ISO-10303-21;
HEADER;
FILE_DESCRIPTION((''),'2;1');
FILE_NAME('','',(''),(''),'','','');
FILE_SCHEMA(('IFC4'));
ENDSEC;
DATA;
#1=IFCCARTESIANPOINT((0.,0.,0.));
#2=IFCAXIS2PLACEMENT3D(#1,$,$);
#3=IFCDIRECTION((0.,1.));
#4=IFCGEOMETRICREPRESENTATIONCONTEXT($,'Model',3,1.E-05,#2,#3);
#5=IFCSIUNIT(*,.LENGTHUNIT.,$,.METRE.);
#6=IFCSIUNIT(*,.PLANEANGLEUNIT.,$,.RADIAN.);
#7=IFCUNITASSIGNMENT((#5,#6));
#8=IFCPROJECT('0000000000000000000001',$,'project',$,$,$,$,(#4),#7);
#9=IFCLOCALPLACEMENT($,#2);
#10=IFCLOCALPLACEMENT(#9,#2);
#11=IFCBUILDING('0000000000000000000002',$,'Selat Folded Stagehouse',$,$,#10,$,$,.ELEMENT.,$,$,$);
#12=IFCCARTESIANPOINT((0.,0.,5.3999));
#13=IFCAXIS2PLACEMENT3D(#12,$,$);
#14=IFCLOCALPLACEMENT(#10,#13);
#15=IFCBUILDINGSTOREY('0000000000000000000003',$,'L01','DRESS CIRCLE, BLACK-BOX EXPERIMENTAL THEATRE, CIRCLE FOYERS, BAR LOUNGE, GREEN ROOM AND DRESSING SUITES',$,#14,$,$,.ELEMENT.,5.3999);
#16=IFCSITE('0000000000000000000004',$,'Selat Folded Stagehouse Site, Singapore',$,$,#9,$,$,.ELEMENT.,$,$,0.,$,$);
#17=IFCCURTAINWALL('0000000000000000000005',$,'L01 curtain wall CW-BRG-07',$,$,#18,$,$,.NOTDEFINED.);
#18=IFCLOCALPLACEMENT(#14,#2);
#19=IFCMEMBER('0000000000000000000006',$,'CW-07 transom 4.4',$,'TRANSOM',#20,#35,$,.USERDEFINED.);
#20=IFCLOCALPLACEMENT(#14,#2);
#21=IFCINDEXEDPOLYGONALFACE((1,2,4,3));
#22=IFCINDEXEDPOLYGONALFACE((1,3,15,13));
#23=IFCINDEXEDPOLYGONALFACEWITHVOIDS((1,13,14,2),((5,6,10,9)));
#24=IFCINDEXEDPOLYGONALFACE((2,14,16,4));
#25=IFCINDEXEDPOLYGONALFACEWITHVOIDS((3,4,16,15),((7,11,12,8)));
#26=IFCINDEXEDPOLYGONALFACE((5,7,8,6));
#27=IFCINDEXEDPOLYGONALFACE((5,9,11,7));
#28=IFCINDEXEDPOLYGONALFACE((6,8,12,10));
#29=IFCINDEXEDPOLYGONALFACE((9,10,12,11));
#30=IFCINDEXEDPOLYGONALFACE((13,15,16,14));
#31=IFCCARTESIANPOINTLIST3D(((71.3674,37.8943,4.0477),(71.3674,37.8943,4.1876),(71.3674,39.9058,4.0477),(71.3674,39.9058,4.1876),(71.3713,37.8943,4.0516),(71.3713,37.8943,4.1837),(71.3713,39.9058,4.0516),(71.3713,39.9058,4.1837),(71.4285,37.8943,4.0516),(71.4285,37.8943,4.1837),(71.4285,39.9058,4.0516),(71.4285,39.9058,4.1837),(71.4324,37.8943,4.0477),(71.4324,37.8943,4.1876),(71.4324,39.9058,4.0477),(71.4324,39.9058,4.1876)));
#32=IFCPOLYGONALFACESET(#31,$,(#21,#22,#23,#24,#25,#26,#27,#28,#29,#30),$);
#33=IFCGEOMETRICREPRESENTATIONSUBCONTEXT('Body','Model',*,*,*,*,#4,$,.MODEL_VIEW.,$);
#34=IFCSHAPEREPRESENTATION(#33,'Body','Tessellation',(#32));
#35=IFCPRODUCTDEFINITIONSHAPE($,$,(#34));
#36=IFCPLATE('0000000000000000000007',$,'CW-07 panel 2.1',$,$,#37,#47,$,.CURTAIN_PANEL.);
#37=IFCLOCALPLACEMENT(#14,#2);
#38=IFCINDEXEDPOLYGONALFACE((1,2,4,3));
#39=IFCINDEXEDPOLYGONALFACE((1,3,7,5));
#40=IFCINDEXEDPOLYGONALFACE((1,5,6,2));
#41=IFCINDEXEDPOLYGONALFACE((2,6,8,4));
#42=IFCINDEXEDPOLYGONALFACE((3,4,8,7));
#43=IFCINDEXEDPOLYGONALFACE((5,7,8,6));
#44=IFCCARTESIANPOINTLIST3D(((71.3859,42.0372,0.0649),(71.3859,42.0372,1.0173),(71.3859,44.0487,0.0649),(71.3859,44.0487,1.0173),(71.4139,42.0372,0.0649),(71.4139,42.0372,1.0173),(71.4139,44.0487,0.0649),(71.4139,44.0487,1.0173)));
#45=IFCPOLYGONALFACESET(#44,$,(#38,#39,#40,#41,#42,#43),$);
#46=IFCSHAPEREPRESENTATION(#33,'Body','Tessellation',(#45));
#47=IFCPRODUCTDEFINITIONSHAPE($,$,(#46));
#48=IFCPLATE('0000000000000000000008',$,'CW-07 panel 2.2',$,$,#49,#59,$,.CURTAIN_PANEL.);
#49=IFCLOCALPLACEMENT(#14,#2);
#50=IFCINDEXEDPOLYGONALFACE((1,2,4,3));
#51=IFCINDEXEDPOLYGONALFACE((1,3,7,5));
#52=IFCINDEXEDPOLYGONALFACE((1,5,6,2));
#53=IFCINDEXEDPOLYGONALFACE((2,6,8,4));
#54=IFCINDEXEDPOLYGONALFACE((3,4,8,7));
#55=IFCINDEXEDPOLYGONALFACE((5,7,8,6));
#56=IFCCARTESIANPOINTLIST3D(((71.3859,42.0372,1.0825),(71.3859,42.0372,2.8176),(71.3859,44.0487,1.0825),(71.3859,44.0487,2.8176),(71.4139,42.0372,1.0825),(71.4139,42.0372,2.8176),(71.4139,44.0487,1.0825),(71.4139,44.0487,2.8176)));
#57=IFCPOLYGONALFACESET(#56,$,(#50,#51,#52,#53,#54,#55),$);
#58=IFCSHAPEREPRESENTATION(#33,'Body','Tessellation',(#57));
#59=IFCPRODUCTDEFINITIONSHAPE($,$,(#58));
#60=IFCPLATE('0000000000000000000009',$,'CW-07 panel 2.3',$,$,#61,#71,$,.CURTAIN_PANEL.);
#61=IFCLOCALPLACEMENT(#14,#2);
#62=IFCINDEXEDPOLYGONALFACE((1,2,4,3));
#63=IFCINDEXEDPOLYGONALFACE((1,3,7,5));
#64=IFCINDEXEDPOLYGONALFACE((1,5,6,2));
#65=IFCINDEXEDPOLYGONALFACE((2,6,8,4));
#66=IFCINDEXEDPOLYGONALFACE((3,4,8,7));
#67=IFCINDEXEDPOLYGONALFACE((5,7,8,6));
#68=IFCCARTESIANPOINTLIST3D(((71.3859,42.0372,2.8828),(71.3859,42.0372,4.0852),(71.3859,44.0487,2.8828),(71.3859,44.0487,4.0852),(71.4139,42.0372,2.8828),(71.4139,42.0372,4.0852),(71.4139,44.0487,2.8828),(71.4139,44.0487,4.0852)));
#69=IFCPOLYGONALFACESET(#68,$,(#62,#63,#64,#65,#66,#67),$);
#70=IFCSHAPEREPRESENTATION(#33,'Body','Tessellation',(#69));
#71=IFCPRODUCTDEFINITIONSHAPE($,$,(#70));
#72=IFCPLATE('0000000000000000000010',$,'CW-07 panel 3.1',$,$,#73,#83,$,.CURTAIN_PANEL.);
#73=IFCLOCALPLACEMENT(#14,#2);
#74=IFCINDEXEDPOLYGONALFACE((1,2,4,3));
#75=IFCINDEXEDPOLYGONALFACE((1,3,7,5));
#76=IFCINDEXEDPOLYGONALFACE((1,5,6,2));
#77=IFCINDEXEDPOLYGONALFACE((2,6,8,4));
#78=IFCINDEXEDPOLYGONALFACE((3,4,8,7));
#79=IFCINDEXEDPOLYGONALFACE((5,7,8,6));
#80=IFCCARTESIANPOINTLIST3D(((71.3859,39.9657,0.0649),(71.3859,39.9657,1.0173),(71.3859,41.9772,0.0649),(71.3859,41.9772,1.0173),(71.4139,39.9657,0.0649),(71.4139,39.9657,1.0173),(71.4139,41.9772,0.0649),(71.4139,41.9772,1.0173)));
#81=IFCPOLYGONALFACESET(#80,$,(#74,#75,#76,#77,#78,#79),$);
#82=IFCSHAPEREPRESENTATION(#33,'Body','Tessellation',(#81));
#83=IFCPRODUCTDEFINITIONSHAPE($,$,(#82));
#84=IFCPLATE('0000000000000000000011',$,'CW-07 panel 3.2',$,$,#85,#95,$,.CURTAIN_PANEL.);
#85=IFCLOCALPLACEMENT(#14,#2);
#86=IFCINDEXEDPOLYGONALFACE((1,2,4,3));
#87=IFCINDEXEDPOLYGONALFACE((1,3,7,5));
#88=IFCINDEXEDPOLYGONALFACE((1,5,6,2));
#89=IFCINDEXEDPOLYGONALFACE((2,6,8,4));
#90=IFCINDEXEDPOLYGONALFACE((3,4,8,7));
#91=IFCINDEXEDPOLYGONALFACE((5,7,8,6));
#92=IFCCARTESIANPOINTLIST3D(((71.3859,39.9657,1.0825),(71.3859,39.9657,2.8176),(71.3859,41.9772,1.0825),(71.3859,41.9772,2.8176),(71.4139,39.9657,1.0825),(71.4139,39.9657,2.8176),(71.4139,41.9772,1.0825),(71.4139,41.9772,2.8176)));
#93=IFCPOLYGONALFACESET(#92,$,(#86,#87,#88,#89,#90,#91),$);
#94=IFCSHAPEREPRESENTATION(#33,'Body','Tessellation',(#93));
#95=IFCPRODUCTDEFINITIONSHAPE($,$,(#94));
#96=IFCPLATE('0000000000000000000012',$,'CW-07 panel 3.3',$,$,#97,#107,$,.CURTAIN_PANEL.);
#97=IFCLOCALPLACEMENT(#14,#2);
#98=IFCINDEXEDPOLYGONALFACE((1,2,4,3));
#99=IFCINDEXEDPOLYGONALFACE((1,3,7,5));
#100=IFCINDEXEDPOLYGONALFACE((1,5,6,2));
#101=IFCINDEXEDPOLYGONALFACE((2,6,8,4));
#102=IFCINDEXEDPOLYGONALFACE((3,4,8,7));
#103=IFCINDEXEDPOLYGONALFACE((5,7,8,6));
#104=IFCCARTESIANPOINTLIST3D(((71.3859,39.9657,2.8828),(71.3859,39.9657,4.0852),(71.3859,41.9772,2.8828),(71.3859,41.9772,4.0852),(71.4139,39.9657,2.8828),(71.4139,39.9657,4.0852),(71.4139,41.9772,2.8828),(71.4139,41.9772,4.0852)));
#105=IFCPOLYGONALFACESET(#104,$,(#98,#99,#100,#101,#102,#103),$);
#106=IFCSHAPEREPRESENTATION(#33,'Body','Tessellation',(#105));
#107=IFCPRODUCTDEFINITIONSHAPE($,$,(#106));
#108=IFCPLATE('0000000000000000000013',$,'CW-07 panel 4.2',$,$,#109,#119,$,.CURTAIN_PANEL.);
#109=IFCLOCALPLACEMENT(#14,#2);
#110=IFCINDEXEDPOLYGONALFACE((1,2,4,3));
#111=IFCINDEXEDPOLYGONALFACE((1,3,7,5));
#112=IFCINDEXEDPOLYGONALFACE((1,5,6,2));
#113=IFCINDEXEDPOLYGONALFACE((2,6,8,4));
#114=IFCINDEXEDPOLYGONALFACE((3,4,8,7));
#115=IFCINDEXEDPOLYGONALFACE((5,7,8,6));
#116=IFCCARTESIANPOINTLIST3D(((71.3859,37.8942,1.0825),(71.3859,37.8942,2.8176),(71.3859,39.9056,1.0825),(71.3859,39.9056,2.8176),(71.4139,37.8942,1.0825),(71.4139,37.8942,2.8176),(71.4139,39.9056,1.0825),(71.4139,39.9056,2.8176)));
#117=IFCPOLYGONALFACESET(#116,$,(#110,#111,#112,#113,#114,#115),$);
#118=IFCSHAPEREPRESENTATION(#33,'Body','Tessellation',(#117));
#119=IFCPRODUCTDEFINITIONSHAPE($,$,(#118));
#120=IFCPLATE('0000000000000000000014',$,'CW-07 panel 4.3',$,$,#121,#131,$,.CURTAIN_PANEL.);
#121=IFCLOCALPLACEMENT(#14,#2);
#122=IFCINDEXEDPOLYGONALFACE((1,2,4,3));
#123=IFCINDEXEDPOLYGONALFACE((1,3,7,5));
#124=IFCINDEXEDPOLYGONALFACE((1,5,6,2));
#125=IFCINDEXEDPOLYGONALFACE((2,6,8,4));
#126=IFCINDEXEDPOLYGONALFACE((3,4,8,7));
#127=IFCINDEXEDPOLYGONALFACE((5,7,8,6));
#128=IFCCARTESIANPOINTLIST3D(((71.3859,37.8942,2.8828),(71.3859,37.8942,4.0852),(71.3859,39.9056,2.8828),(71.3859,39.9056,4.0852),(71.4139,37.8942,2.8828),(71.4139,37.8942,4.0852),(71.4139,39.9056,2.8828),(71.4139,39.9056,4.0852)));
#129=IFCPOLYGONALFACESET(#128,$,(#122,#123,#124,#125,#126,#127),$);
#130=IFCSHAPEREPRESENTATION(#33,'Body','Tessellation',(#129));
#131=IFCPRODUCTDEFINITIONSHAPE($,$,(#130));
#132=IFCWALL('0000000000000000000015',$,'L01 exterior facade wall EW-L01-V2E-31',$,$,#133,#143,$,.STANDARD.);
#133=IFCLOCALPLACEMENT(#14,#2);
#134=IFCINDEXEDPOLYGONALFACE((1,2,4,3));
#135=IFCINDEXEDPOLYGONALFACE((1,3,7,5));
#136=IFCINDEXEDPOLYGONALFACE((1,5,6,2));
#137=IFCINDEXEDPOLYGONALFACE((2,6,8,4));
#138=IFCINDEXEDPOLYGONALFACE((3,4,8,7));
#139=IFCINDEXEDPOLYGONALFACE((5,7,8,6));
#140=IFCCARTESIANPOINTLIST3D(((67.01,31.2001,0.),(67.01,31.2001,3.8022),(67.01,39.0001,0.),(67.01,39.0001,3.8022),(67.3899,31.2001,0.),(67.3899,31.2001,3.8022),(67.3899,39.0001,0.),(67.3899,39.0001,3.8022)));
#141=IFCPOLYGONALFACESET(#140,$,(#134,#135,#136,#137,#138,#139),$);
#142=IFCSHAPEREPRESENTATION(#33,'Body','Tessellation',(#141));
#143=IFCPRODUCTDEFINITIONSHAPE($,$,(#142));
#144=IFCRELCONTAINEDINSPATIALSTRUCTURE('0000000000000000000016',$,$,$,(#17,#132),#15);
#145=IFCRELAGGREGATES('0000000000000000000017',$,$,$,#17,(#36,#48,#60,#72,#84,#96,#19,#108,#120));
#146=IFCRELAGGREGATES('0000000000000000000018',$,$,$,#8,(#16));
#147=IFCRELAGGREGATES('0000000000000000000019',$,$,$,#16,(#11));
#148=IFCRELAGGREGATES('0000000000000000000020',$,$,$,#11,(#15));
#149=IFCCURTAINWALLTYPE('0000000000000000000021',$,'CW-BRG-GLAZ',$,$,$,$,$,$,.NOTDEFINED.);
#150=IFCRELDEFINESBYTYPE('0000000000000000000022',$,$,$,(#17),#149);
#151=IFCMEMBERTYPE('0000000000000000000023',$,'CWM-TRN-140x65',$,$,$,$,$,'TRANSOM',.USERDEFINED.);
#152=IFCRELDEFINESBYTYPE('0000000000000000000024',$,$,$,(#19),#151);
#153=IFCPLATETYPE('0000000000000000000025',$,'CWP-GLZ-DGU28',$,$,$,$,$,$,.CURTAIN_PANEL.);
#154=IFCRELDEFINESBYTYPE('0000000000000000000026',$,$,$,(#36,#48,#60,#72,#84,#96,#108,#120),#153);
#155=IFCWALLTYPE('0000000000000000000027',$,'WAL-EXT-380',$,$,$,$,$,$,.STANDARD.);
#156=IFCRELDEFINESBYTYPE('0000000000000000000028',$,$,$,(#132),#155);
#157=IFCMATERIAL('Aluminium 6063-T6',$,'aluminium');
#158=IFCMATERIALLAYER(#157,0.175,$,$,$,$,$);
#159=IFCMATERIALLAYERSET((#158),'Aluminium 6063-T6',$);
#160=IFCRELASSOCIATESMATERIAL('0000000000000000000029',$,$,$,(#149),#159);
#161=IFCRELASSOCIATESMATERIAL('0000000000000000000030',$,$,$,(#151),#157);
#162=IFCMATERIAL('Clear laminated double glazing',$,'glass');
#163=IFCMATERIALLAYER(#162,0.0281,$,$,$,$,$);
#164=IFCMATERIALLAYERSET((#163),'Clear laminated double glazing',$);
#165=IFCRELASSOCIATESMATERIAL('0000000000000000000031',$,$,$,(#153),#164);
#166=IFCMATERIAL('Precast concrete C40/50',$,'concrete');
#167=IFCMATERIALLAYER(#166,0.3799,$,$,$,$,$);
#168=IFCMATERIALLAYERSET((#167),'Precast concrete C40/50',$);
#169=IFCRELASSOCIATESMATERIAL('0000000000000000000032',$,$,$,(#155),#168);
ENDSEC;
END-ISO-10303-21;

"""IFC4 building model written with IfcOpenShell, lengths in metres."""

from ifc_helpers import new_model, si_unit, direction, frame, frame_2d, origin, origin_2d, place, context, subcontext, project, spatial, rectangle, hollow_rectangle, extrude, material, layer, layer_set, material_profile, profile_set, type_object, element, aggregate, save


model = new_model("IFC4")

# Units and contexts
model_context = context("Model", 3, precision=1e-05, world=origin(), true_north=direction((0.0, 1.0)))
body_context = subcontext(model_context, "Body", "Model", "MODEL_VIEW")
ifc_project = project(units=[si_unit("LENGTHUNIT", "METRE"), si_unit("PLANEANGLEUNIT", "RADIAN")], contexts=[model_context])

# Site, building, storey
site_placement = place(None, origin())
site = spatial("IfcSite", under=ifc_project, at=site_placement, Name="Selat Folded Stagehouse Site, Singapore", CompositionType="ELEMENT", RefElevation=0.0)
building_placement = place(site_placement, origin())
building = spatial("IfcBuilding", under=site, at=building_placement, Name="Selat Folded Stagehouse", CompositionType="ELEMENT")
storey_placement = place(building_placement, frame((0.0, 0.0, 5.3999)))
storey = spatial("IfcBuildingStorey", under=building, at=storey_placement, Name="L01", Description="DRESS CIRCLE, BLACK-BOX EXPERIMENTAL THEATRE, CIRCLE FOYERS, BAR LOUNGE, GREEN ROOM AND DRESSING SUITES", CompositionType="ELEMENT", Elevation=5.3999)

# Curtain wall, member, plates
ifc_material_1 = material(Name="Aluminium 6063-T6", Category="aluminium")
ifc_layer_1 = layer(ifc_material_1, 0.175)
ifc_layer_set_1 = layer_set([ifc_layer_1], Name="Aluminium 6063-T6")
curtain_wall_type = type_object("IfcCurtainWallType", Name="CW-BRG-GLAZ", PredefinedType="NOTDEFINED", material=ifc_layer_set_1)
curtain_wall_placement = place(storey_placement, origin())
curtain_wall = element("IfcCurtainWall", 1, at=curtain_wall_placement, inside=storey, type_object=curtain_wall_type, Name="L01 curtain wall CW-BRG-07", PredefinedType="NOTDEFINED")
ifc_material_profile_1 = material_profile(ifc_material_1, hollow_rectangle(XDim=0.0649, YDim=0.1399, WallThickness=0.0039, at=origin_2d()), Name="ALU 140x65x4.0")
ifc_profile_set_1 = profile_set([ifc_material_profile_1], Name="Aluminium 6063-T6")
member_type_1 = type_object("IfcMemberType", Name="CWM-TRN-140x65", ElementType="TRANSOM", PredefinedType="USERDEFINED", material=ifc_profile_set_1)
member_1_placement = place(storey_placement, frame((71.3999, 39.9058, 4.1177), z_axis=(0.0, -1.0, 0.0), x_axis=(1.0, 0.0, 0.0)))
member_1 = element("IfcMember", 2, at=member_1_placement, type_object=member_type_1, Name="CW-07 transom 4.4", ObjectType="TRANSOM", PredefinedType="USERDEFINED", context=body_context, shape_type="SweptSolid", body=[
    extrude(hollow_rectangle(XDim=0.0649, YDim=0.1399, WallThickness=0.0039, at=origin_2d()), origin(), (0.0, 0.0, 1.0), 2.0115),
])
ifc_material_2 = material(Name="Clear laminated double glazing", Category="glass")
ifc_layer_2 = layer(ifc_material_2, 0.0281)
ifc_layer_set_2 = layer_set([ifc_layer_2], Name="Clear laminated double glazing")
plate_type = type_object("IfcPlateType", Name="CWP-GLZ-DGU28", PredefinedType="CURTAIN_PANEL", material=ifc_layer_set_2)
plate_1_placement = place(storey_placement, frame((71.3999, 43.043, 0.0649), z_axis=(0.0, 0.0, 1.0), x_axis=(0.0, -1.0, 0.0)))
plate_1 = element("IfcPlate", 3, at=plate_1_placement, type_object=plate_type, Name="CW-07 panel 2.1", PredefinedType="CURTAIN_PANEL", context=body_context, shape_type="SweptSolid", body=[
    extrude(rectangle(XDim=2.0115, YDim=0.0281, at=origin_2d()), origin(), (0.0, 0.0, 1.0), 0.9524),
])
plate_2_placement = place(storey_placement, frame((71.3999, 43.043, 1.0825), z_axis=(0.0, 0.0, 1.0), x_axis=(0.0, -1.0, 0.0)))
plate_2 = element("IfcPlate", 4, at=plate_2_placement, type_object=plate_type, Name="CW-07 panel 2.2", PredefinedType="CURTAIN_PANEL", context=body_context, shape_type="SweptSolid", body=[
    extrude(rectangle(XDim=2.0115, YDim=0.0281, at=origin_2d()), origin(), (0.0, 0.0, 1.0), 1.7351),
])
plate_3_placement = place(storey_placement, frame((71.3999, 43.043, 2.8828), z_axis=(0.0, 0.0, 1.0), x_axis=(0.0, -1.0, 0.0)))
plate_3 = element("IfcPlate", 5, at=plate_3_placement, type_object=plate_type, Name="CW-07 panel 2.3", PredefinedType="CURTAIN_PANEL", context=body_context, shape_type="SweptSolid", body=[
    extrude(rectangle(XDim=2.0115, YDim=0.0281, at=origin_2d()), origin(), (0.0, 0.0, 1.0), 1.2024),
])
plate_4_placement = place(storey_placement, frame((71.3999, 40.9714, 0.0649), z_axis=(0.0, 0.0, 1.0), x_axis=(0.0, -1.0, 0.0)))
plate_4 = element("IfcPlate", 6, at=plate_4_placement, type_object=plate_type, Name="CW-07 panel 3.1", PredefinedType="CURTAIN_PANEL", context=body_context, shape_type="SweptSolid", body=[
    extrude(rectangle(XDim=2.0115, YDim=0.0281, at=origin_2d()), origin(), (0.0, 0.0, 1.0), 0.9524),
])
plate_5_placement = place(storey_placement, frame((71.3999, 40.9714, 1.0825), z_axis=(0.0, 0.0, 1.0), x_axis=(0.0, -1.0, 0.0)))
plate_5 = element("IfcPlate", 7, at=plate_5_placement, type_object=plate_type, Name="CW-07 panel 3.2", PredefinedType="CURTAIN_PANEL", context=body_context, shape_type="SweptSolid", body=[
    extrude(rectangle(XDim=2.0115, YDim=0.0281, at=origin_2d()), origin(), (0.0, 0.0, 1.0), 1.7351),
])
plate_6_placement = place(storey_placement, frame((71.3999, 40.9714, 2.8828), z_axis=(0.0, 0.0, 1.0), x_axis=(0.0, -1.0, 0.0)))
plate_6 = element("IfcPlate", 8, at=plate_6_placement, type_object=plate_type, Name="CW-07 panel 3.3", PredefinedType="CURTAIN_PANEL", context=body_context, shape_type="SweptSolid", body=[
    extrude(rectangle(XDim=2.0115, YDim=0.0281, at=origin_2d()), origin(), (0.0, 0.0, 1.0), 1.2024),
])
plate_7_placement = place(storey_placement, frame((71.3999, 38.8999, 1.0825), z_axis=(0.0, 0.0, 1.0), x_axis=(0.0, -1.0, 0.0)))
plate_7 = element("IfcPlate", 9, at=plate_7_placement, type_object=plate_type, Name="CW-07 panel 4.2", PredefinedType="CURTAIN_PANEL", context=body_context, shape_type="SweptSolid", body=[
    extrude(rectangle(XDim=2.0115, YDim=0.0281, at=origin_2d()), origin(), (0.0, 0.0, 1.0), 1.7351),
])
plate_8_placement = place(storey_placement, frame((71.3999, 38.8999, 2.8828), z_axis=(0.0, 0.0, 1.0), x_axis=(0.0, -1.0, 0.0)))
plate_8 = element("IfcPlate", 10, at=plate_8_placement, type_object=plate_type, Name="CW-07 panel 4.3", PredefinedType="CURTAIN_PANEL", context=body_context, shape_type="SweptSolid", body=[
    extrude(rectangle(XDim=2.0115, YDim=0.0281, at=origin_2d()), origin(), (0.0, 0.0, 1.0), 1.2024),
])
aggregate(curtain_wall, [plate_1, plate_2, plate_3, plate_4, plate_5, plate_6, member_1, plate_7, plate_8])

# Wall
ifc_material_3 = material(Name="Precast concrete C40/50", Category="concrete")
ifc_layer_3 = layer(ifc_material_3, 0.3799)
ifc_layer_set_3 = layer_set([ifc_layer_3], Name="Precast concrete C40/50")
wall_type = type_object("IfcWallType", Name="WAL-EXT-380", PredefinedType="STANDARD", material=ifc_layer_set_3)
wall_placement = place(storey_placement, frame((67.2, 39.0, 0.0), z_axis=(0.0, 0.0, 1.0), x_axis=(0.0, -1.0, 0.0)))
element("IfcWall", 11, at=wall_placement, inside=storey, type_object=wall_type, Name="L01 exterior facade wall EW-L01-V2E-31", PredefinedType="STANDARD", context=body_context, shape_type="SweptSolid", body=[
    extrude(rectangle(XDim=7.8, YDim=0.3799, at=frame_2d((3.8999, 0.0))), origin(), (0.0, 0.0, 1.0), 3.8022),
])

save(model, "model.ifc")
